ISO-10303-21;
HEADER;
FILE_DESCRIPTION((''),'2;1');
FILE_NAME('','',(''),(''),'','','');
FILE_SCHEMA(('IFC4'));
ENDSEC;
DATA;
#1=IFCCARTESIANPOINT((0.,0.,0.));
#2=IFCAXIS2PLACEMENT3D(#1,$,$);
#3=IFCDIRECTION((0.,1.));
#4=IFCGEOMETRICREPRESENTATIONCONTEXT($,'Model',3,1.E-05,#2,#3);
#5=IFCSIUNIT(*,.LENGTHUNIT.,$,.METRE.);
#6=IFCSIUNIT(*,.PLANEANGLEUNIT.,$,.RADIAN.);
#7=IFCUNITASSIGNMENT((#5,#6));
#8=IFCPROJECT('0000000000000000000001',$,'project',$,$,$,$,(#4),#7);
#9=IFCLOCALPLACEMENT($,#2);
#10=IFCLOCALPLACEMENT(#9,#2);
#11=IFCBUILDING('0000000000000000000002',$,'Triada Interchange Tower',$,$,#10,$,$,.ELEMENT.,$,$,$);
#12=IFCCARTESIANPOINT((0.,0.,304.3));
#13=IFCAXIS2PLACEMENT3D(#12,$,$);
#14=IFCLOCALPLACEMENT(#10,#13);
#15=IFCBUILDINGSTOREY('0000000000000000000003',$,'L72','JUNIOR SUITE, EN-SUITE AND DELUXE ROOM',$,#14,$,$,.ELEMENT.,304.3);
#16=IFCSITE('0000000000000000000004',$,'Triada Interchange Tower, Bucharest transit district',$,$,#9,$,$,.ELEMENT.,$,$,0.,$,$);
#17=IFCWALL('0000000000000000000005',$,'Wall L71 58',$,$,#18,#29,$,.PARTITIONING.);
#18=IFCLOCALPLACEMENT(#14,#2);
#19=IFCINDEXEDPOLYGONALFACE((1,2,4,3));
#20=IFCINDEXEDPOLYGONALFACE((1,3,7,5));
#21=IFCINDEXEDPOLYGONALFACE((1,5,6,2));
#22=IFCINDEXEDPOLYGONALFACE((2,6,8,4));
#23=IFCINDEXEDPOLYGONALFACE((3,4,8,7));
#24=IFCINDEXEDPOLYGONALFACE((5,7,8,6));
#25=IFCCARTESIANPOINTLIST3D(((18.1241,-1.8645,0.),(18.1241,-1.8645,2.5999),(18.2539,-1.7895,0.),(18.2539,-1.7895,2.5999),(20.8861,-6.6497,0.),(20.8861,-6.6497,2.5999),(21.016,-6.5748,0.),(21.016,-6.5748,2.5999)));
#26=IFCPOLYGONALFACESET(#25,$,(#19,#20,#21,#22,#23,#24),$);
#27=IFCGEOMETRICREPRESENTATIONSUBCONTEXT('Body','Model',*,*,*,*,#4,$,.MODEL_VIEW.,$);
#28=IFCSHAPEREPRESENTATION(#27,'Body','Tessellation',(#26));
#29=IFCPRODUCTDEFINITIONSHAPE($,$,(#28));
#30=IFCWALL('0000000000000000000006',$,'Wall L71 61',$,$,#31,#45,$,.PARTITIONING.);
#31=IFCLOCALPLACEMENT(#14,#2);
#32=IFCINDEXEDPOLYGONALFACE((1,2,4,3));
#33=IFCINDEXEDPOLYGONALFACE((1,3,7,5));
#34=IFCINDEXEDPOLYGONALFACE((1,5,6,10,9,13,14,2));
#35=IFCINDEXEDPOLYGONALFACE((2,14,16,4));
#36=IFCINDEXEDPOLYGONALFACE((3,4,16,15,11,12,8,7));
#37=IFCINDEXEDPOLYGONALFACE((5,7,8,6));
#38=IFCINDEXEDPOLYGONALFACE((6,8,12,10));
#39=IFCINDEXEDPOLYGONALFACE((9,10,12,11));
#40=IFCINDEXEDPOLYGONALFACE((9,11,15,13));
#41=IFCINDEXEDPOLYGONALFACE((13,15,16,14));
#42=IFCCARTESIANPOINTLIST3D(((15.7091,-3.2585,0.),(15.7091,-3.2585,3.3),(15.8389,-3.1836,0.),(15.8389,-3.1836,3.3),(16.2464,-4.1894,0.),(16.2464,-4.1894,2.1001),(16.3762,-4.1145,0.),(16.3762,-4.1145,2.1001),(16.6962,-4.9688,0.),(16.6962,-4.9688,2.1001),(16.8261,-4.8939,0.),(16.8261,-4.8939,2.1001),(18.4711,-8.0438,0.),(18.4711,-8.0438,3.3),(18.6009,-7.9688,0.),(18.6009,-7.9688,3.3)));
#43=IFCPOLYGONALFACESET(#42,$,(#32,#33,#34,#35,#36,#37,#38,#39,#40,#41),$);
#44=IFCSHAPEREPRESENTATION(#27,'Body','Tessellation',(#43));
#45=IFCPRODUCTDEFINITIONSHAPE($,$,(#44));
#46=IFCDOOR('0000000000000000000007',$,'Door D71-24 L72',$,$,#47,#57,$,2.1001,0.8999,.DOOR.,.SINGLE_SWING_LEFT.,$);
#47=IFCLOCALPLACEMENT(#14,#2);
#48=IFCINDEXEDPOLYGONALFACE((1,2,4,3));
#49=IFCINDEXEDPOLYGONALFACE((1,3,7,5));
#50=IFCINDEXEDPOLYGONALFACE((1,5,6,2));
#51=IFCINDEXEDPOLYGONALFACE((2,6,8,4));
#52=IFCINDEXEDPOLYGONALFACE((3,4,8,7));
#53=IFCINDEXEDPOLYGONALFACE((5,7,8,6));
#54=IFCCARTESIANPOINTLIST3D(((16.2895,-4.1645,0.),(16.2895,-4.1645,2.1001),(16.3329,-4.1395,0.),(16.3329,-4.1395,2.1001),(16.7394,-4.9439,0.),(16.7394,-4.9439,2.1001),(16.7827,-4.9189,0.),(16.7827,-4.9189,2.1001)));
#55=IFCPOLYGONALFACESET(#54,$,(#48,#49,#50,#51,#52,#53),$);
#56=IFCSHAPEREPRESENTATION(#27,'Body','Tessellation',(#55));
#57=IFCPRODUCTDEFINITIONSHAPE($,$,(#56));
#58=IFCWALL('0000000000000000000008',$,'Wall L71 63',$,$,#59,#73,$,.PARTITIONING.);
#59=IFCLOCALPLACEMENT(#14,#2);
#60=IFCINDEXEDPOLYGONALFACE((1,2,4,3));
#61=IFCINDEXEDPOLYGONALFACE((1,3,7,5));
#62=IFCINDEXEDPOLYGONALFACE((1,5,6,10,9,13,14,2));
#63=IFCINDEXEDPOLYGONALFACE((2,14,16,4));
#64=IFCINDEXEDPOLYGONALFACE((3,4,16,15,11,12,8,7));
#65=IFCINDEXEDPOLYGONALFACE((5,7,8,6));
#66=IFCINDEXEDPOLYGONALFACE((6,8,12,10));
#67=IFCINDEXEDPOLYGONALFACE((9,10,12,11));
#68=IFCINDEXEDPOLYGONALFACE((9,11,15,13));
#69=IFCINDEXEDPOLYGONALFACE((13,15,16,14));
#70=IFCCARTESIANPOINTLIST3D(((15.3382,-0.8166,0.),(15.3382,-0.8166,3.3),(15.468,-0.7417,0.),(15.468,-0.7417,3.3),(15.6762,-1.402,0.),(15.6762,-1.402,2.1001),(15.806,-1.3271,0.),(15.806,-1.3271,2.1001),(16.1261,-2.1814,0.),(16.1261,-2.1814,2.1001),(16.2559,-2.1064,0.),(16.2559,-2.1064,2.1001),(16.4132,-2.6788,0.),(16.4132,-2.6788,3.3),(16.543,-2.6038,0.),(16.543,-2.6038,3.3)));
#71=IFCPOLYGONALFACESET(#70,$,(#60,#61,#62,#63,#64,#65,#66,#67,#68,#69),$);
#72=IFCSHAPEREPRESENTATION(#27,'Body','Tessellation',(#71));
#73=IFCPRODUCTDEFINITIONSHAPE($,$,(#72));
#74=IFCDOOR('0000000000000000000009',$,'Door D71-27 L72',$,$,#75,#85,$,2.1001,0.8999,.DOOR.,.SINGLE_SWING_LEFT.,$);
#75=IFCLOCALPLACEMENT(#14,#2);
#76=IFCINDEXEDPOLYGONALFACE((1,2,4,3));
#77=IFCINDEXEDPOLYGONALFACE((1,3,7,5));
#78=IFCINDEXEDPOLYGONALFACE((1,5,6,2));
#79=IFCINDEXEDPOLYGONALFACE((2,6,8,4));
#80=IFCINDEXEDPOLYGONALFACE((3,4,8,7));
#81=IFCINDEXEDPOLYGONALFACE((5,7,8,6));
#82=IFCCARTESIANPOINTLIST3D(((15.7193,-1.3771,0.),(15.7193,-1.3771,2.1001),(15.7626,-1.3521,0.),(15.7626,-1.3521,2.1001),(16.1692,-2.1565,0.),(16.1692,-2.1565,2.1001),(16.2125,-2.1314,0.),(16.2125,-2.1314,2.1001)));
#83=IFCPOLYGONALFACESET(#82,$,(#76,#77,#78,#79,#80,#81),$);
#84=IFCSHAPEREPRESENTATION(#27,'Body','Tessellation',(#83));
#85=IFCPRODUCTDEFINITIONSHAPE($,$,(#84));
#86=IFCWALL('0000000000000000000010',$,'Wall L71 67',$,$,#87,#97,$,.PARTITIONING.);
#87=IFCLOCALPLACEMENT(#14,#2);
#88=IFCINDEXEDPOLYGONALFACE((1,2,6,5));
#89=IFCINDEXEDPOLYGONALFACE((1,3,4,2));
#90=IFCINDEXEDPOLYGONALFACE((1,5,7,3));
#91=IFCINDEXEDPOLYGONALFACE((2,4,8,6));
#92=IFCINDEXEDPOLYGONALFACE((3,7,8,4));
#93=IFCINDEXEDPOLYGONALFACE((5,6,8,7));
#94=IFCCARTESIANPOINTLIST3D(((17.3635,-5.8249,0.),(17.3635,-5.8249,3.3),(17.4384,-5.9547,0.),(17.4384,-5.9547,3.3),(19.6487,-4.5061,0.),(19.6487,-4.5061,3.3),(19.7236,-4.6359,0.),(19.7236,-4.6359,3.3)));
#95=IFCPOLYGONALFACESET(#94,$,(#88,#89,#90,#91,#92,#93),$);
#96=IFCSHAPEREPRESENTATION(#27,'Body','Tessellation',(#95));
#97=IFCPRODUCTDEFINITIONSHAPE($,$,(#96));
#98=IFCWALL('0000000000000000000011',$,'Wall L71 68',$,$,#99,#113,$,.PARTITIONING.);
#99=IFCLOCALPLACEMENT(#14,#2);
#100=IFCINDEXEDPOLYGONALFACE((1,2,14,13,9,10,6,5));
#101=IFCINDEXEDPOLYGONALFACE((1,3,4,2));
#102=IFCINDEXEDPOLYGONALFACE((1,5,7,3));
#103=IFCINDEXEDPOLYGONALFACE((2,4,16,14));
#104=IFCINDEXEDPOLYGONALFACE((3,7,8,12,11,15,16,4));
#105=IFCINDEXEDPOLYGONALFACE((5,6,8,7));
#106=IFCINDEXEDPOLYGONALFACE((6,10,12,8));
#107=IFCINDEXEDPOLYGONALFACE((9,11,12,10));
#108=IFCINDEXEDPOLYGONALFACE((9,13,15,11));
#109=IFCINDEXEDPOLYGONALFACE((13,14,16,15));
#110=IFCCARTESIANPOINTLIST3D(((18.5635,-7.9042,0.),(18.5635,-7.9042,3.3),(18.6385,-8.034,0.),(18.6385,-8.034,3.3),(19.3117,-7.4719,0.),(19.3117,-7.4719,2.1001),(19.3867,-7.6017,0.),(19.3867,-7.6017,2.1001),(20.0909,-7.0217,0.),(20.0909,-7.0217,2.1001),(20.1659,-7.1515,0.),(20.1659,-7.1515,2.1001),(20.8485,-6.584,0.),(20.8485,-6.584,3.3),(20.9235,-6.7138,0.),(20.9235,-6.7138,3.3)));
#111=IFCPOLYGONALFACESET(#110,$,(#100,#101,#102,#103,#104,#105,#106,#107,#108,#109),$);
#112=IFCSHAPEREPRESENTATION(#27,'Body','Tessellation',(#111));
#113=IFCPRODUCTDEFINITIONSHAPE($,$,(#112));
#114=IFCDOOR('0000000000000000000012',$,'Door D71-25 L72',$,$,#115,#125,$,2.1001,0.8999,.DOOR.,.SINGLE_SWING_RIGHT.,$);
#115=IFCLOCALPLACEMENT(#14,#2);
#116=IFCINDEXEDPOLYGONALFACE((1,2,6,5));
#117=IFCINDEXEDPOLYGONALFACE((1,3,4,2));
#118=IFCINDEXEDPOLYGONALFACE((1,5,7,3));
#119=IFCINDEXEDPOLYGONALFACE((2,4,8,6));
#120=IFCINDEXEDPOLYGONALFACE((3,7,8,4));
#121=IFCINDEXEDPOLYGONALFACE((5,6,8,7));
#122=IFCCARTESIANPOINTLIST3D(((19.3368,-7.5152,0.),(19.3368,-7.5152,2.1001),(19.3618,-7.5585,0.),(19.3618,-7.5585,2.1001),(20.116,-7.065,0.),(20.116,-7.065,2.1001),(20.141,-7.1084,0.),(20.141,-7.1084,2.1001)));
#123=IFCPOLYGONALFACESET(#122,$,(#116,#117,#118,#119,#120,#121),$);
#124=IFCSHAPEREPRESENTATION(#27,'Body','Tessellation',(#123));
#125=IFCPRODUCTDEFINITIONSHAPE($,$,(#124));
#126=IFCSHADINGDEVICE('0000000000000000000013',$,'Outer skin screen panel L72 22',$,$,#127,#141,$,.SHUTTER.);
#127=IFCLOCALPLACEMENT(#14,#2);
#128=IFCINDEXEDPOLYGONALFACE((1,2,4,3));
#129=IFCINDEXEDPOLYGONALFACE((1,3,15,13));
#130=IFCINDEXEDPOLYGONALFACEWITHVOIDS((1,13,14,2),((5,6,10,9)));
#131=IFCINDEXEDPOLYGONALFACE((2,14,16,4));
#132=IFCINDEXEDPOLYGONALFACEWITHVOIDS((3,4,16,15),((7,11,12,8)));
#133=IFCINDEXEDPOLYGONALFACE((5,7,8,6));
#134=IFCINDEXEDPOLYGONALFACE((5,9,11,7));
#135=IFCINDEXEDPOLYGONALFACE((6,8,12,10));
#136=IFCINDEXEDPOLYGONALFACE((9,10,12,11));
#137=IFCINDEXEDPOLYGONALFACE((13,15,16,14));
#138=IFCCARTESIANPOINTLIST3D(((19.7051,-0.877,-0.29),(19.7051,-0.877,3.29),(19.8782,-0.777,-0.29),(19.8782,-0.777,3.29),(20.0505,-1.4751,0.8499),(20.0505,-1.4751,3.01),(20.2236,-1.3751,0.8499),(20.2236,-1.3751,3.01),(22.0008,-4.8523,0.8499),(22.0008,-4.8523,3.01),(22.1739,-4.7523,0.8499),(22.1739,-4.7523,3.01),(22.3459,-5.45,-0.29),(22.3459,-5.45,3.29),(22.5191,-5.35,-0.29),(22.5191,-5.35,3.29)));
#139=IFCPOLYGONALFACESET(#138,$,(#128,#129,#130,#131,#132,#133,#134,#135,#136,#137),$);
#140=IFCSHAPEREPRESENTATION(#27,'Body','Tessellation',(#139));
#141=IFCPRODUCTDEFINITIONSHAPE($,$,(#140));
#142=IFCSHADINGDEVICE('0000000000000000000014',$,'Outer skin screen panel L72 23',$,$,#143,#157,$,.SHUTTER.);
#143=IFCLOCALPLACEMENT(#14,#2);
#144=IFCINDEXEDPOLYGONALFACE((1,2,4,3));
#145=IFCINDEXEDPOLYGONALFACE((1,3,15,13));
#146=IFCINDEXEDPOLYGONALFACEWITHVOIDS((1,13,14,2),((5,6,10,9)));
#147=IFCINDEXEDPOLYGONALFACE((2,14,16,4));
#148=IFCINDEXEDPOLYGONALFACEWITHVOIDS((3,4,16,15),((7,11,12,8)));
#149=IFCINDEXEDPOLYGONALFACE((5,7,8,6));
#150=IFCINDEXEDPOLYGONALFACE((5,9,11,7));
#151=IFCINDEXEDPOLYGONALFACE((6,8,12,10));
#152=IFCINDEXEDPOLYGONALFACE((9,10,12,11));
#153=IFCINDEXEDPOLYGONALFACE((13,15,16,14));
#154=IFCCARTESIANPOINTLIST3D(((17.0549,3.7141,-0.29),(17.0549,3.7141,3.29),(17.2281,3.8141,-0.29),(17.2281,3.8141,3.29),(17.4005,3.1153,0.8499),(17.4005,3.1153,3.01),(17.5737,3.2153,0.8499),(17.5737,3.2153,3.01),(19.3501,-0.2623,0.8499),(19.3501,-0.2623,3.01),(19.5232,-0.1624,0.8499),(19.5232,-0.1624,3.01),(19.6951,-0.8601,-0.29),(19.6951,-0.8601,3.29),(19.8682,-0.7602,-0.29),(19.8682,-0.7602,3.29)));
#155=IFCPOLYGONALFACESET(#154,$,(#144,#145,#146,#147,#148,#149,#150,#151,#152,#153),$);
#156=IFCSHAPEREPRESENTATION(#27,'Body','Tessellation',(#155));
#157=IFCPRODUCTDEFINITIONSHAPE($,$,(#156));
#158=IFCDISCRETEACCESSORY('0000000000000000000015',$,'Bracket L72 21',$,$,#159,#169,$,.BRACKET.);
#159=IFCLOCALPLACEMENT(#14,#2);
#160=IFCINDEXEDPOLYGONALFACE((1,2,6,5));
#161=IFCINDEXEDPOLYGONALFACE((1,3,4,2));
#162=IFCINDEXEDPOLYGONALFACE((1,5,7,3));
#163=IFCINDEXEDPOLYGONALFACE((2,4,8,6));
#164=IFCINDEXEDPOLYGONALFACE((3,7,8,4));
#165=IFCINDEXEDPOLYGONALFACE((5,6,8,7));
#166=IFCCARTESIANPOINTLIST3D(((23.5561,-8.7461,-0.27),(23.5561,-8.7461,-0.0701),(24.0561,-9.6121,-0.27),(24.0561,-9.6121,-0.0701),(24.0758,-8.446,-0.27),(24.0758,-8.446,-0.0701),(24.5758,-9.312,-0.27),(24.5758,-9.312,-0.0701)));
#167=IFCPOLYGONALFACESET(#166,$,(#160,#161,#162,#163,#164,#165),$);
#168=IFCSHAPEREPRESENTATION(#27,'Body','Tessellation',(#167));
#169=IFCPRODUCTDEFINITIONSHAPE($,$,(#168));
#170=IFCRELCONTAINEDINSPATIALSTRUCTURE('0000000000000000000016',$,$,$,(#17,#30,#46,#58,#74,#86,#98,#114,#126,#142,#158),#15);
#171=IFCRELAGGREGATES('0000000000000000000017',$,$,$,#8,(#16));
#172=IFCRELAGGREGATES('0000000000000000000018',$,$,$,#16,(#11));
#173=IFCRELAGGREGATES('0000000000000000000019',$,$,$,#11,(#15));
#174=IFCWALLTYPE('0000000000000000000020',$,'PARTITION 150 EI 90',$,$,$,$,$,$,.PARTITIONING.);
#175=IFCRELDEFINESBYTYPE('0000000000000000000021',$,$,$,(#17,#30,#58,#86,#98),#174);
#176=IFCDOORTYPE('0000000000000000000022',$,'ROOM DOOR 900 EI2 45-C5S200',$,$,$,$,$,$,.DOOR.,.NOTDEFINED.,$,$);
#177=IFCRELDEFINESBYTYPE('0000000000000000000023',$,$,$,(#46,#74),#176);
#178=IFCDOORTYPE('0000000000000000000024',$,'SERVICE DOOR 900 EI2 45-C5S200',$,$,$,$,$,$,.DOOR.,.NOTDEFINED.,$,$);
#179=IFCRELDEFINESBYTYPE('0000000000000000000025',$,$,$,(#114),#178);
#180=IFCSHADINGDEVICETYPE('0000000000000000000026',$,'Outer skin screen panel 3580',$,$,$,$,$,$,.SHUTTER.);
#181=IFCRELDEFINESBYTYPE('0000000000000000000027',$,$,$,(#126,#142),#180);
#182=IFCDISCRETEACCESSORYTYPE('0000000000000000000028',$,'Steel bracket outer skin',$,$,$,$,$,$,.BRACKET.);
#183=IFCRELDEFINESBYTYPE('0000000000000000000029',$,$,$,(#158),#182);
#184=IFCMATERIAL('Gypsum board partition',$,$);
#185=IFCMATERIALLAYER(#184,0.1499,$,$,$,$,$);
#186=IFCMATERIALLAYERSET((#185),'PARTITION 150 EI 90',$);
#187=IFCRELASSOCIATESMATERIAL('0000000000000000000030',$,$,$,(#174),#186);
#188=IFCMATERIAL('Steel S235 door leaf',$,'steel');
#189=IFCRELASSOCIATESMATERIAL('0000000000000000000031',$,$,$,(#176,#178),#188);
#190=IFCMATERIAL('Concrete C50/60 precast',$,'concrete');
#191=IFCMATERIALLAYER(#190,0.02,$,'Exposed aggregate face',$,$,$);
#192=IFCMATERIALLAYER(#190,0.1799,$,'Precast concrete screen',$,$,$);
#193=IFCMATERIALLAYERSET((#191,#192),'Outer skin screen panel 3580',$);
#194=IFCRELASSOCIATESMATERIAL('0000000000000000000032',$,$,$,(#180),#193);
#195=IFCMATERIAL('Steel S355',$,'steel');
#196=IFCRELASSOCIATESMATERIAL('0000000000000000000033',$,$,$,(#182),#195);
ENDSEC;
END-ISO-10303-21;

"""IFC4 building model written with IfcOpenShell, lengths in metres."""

from ifc_helpers import new_model, si_unit, direction, frame, frame_2d, origin, origin_2d, place, context, subcontext, project, spatial, polyline, rectangle, outline, extrude, material, layer, layer_set, type_object, element, fill, save


model = new_model("IFC4")

# Units and contexts
model_context = context("Model", 3, precision=1e-05, world=origin(), true_north=direction((0.0, 1.0)))
body_context = subcontext(model_context, "Body", "Model", "MODEL_VIEW")
ifc_project = project(units=[si_unit("LENGTHUNIT", "METRE"), si_unit("PLANEANGLEUNIT", "RADIAN")], contexts=[model_context])

# Site, building, storey
site_placement = place(None, origin())
site = spatial("IfcSite", under=ifc_project, at=site_placement, Name="Triada Interchange Tower, Bucharest transit district", CompositionType="ELEMENT", RefElevation=0.0)
building_placement = place(site_placement, origin())
building = spatial("IfcBuilding", under=site, at=building_placement, Name="Triada Interchange Tower", CompositionType="ELEMENT")
storey_placement = place(building_placement, frame((0.0, 0.0, 304.3)))
storey = spatial("IfcBuildingStorey", under=building, at=storey_placement, Name="L72", Description="JUNIOR SUITE, EN-SUITE AND DELUXE ROOM", CompositionType="ELEMENT", Elevation=304.3)

# Wall
ifc_material_1 = material(Name="Gypsum board partition")
ifc_layer_1 = layer(ifc_material_1, 0.1499)
ifc_layer_set_1 = layer_set([ifc_layer_1], Name="PARTITION 150 EI 90")
wall_type_1 = type_object("IfcWallType", Name="PARTITION 150 EI 90", PredefinedType="PARTITIONING", material=ifc_layer_set_1)
wall_1_placement = place(storey_placement, frame((18.189, -1.8269, 0.0), z_axis=(0.0, 0.0, 1.0), x_axis=(0.499898, -0.866084, 0.0)))
element("IfcWall", 1, at=wall_1_placement, inside=storey, type_object=wall_type_1, Name="Wall L71 58", PredefinedType="PARTITIONING", context=body_context, shape_type="SweptSolid", body=[
    extrude(rectangle(XDim=5.5251, YDim=0.1499, at=frame_2d((2.7627, 0.0))), origin(), (0.0, 0.0, 1.0), 2.5999),
])

# Walls, openings, doors
wall_2_placement = place(storey_placement, frame((15.7739, -3.2209, 0.0), z_axis=(0.0, 0.0, 1.0), x_axis=(0.499898, -0.866084, 0.0)))
wall_2 = element("IfcWall", 2, at=wall_2_placement, inside=storey, type_object=wall_type_1, Name="Wall L71 61", PredefinedType="PARTITIONING", context=body_context, shape_type="SweptSolid", body=[
    extrude(rectangle(XDim=5.5251, YDim=0.1499, at=frame_2d((2.7627, 0.0))), origin(), (0.0, 0.0, 1.0), 3.3),
])
opening_1_placement = place(wall_2_placement, frame((1.075, 0.0, 0.0)))
opening_1 = element("IfcOpeningElement", 3, at=opening_1_placement, cuts=wall_2, PredefinedType="OPENING", context=body_context, shape_type="SweptSolid", body=[
    extrude(rectangle(XDim=0.8999, YDim=2.1001, at=frame_2d((0.45, 1.05))), frame((0.0, 0.085, 0.0), z_axis=(0.0, -1.0, 0.0), x_axis=(1.0, 0.0, 0.0)), (0.0, 0.0, 1.0), 0.1699),
])
ifc_material_2 = material(Name="Steel S235 door leaf", Category="steel")
door_type_1 = type_object("IfcDoorType", Name="ROOM DOOR 900 EI2 45-C5S200", OperationType="NOTDEFINED", PredefinedType="DOOR", material=ifc_material_2)
door_1_placement = place(opening_1_placement, origin())
door_1 = element("IfcDoor", 4, at=door_1_placement, inside=storey, type_object=door_type_1, Name="Door D71-24 L72", OperationType="SINGLE_SWING_LEFT", OverallHeight=2.1001, OverallWidth=0.8999, PredefinedType="DOOR", context=body_context, shape_type="SweptSolid", body=[
    extrude(rectangle(XDim=0.8999, YDim=2.1001, at=frame_2d((0.45, 1.05))), frame((0.0, 0.0249, 0.0), z_axis=(0.0, -1.0, 0.0), x_axis=(1.0, 0.0, 0.0)), (0.0, 0.0, 1.0), 0.05),
])
fill(opening_1, door_1)
wall_3_placement = place(storey_placement, frame((15.4031, -0.7791, 0.0), z_axis=(0.0, 0.0, 1.0), x_axis=(0.499962, -0.866048, 0.0)))
wall_3 = element("IfcWall", 5, at=wall_3_placement, inside=storey, type_object=wall_type_1, Name="Wall L71 63", PredefinedType="PARTITIONING", context=body_context, shape_type="SweptSolid", body=[
    extrude(rectangle(XDim=2.1501, YDim=0.1499, at=frame_2d((1.0752, 0.0))), origin(), (0.0, 0.0, 1.0), 3.3),
])
opening_2_placement = place(wall_3_placement, frame((0.676, 0.0, 0.0)))
opening_2 = element("IfcOpeningElement", 6, at=opening_2_placement, cuts=wall_3, PredefinedType="OPENING", context=body_context, shape_type="SweptSolid", body=[
    extrude(rectangle(XDim=0.8999, YDim=2.1001, at=frame_2d((0.45, 1.05))), frame((0.0, 0.085, 0.0), z_axis=(0.0, -1.0, 0.0), x_axis=(1.0, 0.0, 0.0)), (0.0, 0.0, 1.0), 0.1699),
])
door_2_placement = place(opening_2_placement, origin())
door_2 = element("IfcDoor", 7, at=door_2_placement, inside=storey, type_object=door_type_1, Name="Door D71-27 L72", OperationType="SINGLE_SWING_LEFT", OverallHeight=2.1001, OverallWidth=0.8999, PredefinedType="DOOR", context=body_context, shape_type="SweptSolid", body=[
    extrude(rectangle(XDim=0.8999, YDim=2.1001, at=frame_2d((0.45, 1.05))), frame((0.0, 0.0249, 0.0), z_axis=(0.0, -1.0, 0.0), x_axis=(1.0, 0.0, 0.0)), (0.0, 0.0, 1.0), 0.05),
])
fill(opening_2, door_2)

# Wall
wall_4_placement = place(storey_placement, frame((17.4009, -5.8899, 0.0), z_axis=(0.0, 0.0, 1.0), x_axis=(0.866105, 0.499861, 0.0)))
element("IfcWall", 8, at=wall_4_placement, inside=storey, type_object=wall_type_1, Name="Wall L71 67", PredefinedType="PARTITIONING", context=body_context, shape_type="SweptSolid", body=[
    extrude(rectangle(XDim=2.6384, YDim=0.1499, at=frame_2d((1.3193, 0.0))), origin(), (0.0, 0.0, 1.0), 3.3),
])

# Wall, opening, door
wall_5_placement = place(storey_placement, frame((18.6011, -7.969, 0.0), z_axis=(0.0, 0.0, 1.0), x_axis=(0.865882, 0.500248, 0.0)))
wall_5 = element("IfcWall", 9, at=wall_5_placement, inside=storey, type_object=wall_type_1, Name="Wall L71 68", PredefinedType="PARTITIONING", context=body_context, shape_type="SweptSolid", body=[
    extrude(rectangle(XDim=2.6389, YDim=0.1499, at=frame_2d((1.3193, 0.0))), origin(), (0.0, 0.0, 1.0), 3.3),
])
opening_3_placement = place(wall_5_placement, frame((0.864, 0.0, 0.0)))
opening_3 = element("IfcOpeningElement", 10, at=opening_3_placement, cuts=wall_5, PredefinedType="OPENING", context=body_context, shape_type="SweptSolid", body=[
    extrude(rectangle(XDim=0.8999, YDim=2.1001, at=frame_2d((0.45, 1.05))), frame((0.0, 0.085, 0.0), z_axis=(0.0, -1.0, 0.0), x_axis=(1.0, 0.0, 0.0)), (0.0, 0.0, 1.0), 0.1699),
])
door_type_2 = type_object("IfcDoorType", Name="SERVICE DOOR 900 EI2 45-C5S200", OperationType="NOTDEFINED", PredefinedType="DOOR", material=ifc_material_2)
door_3_placement = place(opening_3_placement, origin())
door_3 = element("IfcDoor", 11, at=door_3_placement, inside=storey, type_object=door_type_2, Name="Door D71-25 L72", OperationType="SINGLE_SWING_RIGHT", OverallHeight=2.1001, OverallWidth=0.8999, PredefinedType="DOOR", context=body_context, shape_type="SweptSolid", body=[
    extrude(rectangle(XDim=0.8999, YDim=2.1001, at=frame_2d((0.45, 1.05))), frame((0.0, 0.0249, 0.0), z_axis=(0.0, -1.0, 0.0), x_axis=(1.0, 0.0, 0.0)), (0.0, 0.0, 1.0), 0.05),
])
fill(opening_3, door_3)

# Shading devices
ifc_material_3 = material(Name="Concrete C50/60 precast", Category="concrete")
ifc_layer_2 = layer(ifc_material_3, 0.02, Name="Exposed aggregate face")
ifc_layer_3 = layer(ifc_material_3, 0.1799, Name="Precast concrete screen")
ifc_layer_set_2 = layer_set([ifc_layer_2, ifc_layer_3], Name="Outer skin screen panel 3580")
shading_device_type = type_object("IfcShadingDeviceType", Name="Outer skin screen panel 3580", PredefinedType="SHUTTER", material=ifc_layer_set_2)
shading_device_1_placement = place(storey_placement, frame((22.3459, -5.45, -0.29), z_axis=(0.0, 0.0, 1.0), x_axis=(-0.500092, 0.865972, 0.0)))
element("IfcShadingDevice", 12, at=shading_device_1_placement, inside=storey, type_object=shading_device_type, Name="Outer skin screen panel L72 22", PredefinedType="SHUTTER", context=body_context, shape_type="SweptSolid", body=[
    extrude(outline(polyline([(0.0, 0.0), (5.2808, 0.0), (5.2808, 3.5801), (0.0, 3.5801), (0.0, 0.0)]), holes=[polyline([(0.6902, 1.1399), (0.6902, 3.3), (4.5901, 3.3), (4.5901, 1.1399), (0.6902, 1.1399)])]), frame((0.0, 0.0, 0.0), z_axis=(0.0, -1.0, 0.0), x_axis=(1.0, 0.0, 0.0)), (0.0, 0.0, 1.0), 0.2),
])
shading_device_2_placement = place(storey_placement, frame((19.6951, -0.8601, -0.29), z_axis=(0.0, 0.0, 1.0), x_axis=(-0.499888, 0.86609, 0.0)))
element("IfcShadingDevice", 13, at=shading_device_2_placement, inside=storey, type_object=shading_device_type, Name="Outer skin screen panel L72 23", PredefinedType="SHUTTER", context=body_context, shape_type="SweptSolid", body=[
    extrude(outline(polyline([(0.0, 0.0), (5.2815, 0.0), (5.2815, 3.5801), (0.0, 3.5801), (0.0, 0.0)]), holes=[polyline([(0.6902, 1.1399), (0.6902, 3.3), (4.5901, 3.3), (4.5901, 1.1399), (0.6902, 1.1399)])]), frame((0.0, 0.0, 0.0), z_axis=(0.0, -1.0, 0.0), x_axis=(1.0, 0.0, 0.0)), (0.0, 0.0, 1.0), 0.2),
])

# Discrete accessory
ifc_material_4 = material(Name="Steel S355", Category="steel")
discrete_accessory_type = type_object("IfcDiscreteAccessoryType", Name="Steel bracket outer skin", PredefinedType="BRACKET", material=ifc_material_4)
for number, where, z_axis, x_axis, name in (
    (14, (24.0659, -9.0291, -0.27), (0.0, 0.0, 1.0), (0.866027, 0.499997, 0.0), "Bracket L72 21"),
):
    element("IfcDiscreteAccessory", number, at=place(storey_placement, frame(where, z_axis=z_axis, x_axis=x_axis)), inside=storey, type_object=discrete_accessory_type, Name=name, PredefinedType="BRACKET", context=body_context, shape_type="SweptSolid", body=[
        extrude(rectangle(XDim=0.6001, YDim=1.0, at=origin_2d()), origin(), (0.0, 0.0, 1.0), 0.2),
    ])

save(model, "model.ifc")
